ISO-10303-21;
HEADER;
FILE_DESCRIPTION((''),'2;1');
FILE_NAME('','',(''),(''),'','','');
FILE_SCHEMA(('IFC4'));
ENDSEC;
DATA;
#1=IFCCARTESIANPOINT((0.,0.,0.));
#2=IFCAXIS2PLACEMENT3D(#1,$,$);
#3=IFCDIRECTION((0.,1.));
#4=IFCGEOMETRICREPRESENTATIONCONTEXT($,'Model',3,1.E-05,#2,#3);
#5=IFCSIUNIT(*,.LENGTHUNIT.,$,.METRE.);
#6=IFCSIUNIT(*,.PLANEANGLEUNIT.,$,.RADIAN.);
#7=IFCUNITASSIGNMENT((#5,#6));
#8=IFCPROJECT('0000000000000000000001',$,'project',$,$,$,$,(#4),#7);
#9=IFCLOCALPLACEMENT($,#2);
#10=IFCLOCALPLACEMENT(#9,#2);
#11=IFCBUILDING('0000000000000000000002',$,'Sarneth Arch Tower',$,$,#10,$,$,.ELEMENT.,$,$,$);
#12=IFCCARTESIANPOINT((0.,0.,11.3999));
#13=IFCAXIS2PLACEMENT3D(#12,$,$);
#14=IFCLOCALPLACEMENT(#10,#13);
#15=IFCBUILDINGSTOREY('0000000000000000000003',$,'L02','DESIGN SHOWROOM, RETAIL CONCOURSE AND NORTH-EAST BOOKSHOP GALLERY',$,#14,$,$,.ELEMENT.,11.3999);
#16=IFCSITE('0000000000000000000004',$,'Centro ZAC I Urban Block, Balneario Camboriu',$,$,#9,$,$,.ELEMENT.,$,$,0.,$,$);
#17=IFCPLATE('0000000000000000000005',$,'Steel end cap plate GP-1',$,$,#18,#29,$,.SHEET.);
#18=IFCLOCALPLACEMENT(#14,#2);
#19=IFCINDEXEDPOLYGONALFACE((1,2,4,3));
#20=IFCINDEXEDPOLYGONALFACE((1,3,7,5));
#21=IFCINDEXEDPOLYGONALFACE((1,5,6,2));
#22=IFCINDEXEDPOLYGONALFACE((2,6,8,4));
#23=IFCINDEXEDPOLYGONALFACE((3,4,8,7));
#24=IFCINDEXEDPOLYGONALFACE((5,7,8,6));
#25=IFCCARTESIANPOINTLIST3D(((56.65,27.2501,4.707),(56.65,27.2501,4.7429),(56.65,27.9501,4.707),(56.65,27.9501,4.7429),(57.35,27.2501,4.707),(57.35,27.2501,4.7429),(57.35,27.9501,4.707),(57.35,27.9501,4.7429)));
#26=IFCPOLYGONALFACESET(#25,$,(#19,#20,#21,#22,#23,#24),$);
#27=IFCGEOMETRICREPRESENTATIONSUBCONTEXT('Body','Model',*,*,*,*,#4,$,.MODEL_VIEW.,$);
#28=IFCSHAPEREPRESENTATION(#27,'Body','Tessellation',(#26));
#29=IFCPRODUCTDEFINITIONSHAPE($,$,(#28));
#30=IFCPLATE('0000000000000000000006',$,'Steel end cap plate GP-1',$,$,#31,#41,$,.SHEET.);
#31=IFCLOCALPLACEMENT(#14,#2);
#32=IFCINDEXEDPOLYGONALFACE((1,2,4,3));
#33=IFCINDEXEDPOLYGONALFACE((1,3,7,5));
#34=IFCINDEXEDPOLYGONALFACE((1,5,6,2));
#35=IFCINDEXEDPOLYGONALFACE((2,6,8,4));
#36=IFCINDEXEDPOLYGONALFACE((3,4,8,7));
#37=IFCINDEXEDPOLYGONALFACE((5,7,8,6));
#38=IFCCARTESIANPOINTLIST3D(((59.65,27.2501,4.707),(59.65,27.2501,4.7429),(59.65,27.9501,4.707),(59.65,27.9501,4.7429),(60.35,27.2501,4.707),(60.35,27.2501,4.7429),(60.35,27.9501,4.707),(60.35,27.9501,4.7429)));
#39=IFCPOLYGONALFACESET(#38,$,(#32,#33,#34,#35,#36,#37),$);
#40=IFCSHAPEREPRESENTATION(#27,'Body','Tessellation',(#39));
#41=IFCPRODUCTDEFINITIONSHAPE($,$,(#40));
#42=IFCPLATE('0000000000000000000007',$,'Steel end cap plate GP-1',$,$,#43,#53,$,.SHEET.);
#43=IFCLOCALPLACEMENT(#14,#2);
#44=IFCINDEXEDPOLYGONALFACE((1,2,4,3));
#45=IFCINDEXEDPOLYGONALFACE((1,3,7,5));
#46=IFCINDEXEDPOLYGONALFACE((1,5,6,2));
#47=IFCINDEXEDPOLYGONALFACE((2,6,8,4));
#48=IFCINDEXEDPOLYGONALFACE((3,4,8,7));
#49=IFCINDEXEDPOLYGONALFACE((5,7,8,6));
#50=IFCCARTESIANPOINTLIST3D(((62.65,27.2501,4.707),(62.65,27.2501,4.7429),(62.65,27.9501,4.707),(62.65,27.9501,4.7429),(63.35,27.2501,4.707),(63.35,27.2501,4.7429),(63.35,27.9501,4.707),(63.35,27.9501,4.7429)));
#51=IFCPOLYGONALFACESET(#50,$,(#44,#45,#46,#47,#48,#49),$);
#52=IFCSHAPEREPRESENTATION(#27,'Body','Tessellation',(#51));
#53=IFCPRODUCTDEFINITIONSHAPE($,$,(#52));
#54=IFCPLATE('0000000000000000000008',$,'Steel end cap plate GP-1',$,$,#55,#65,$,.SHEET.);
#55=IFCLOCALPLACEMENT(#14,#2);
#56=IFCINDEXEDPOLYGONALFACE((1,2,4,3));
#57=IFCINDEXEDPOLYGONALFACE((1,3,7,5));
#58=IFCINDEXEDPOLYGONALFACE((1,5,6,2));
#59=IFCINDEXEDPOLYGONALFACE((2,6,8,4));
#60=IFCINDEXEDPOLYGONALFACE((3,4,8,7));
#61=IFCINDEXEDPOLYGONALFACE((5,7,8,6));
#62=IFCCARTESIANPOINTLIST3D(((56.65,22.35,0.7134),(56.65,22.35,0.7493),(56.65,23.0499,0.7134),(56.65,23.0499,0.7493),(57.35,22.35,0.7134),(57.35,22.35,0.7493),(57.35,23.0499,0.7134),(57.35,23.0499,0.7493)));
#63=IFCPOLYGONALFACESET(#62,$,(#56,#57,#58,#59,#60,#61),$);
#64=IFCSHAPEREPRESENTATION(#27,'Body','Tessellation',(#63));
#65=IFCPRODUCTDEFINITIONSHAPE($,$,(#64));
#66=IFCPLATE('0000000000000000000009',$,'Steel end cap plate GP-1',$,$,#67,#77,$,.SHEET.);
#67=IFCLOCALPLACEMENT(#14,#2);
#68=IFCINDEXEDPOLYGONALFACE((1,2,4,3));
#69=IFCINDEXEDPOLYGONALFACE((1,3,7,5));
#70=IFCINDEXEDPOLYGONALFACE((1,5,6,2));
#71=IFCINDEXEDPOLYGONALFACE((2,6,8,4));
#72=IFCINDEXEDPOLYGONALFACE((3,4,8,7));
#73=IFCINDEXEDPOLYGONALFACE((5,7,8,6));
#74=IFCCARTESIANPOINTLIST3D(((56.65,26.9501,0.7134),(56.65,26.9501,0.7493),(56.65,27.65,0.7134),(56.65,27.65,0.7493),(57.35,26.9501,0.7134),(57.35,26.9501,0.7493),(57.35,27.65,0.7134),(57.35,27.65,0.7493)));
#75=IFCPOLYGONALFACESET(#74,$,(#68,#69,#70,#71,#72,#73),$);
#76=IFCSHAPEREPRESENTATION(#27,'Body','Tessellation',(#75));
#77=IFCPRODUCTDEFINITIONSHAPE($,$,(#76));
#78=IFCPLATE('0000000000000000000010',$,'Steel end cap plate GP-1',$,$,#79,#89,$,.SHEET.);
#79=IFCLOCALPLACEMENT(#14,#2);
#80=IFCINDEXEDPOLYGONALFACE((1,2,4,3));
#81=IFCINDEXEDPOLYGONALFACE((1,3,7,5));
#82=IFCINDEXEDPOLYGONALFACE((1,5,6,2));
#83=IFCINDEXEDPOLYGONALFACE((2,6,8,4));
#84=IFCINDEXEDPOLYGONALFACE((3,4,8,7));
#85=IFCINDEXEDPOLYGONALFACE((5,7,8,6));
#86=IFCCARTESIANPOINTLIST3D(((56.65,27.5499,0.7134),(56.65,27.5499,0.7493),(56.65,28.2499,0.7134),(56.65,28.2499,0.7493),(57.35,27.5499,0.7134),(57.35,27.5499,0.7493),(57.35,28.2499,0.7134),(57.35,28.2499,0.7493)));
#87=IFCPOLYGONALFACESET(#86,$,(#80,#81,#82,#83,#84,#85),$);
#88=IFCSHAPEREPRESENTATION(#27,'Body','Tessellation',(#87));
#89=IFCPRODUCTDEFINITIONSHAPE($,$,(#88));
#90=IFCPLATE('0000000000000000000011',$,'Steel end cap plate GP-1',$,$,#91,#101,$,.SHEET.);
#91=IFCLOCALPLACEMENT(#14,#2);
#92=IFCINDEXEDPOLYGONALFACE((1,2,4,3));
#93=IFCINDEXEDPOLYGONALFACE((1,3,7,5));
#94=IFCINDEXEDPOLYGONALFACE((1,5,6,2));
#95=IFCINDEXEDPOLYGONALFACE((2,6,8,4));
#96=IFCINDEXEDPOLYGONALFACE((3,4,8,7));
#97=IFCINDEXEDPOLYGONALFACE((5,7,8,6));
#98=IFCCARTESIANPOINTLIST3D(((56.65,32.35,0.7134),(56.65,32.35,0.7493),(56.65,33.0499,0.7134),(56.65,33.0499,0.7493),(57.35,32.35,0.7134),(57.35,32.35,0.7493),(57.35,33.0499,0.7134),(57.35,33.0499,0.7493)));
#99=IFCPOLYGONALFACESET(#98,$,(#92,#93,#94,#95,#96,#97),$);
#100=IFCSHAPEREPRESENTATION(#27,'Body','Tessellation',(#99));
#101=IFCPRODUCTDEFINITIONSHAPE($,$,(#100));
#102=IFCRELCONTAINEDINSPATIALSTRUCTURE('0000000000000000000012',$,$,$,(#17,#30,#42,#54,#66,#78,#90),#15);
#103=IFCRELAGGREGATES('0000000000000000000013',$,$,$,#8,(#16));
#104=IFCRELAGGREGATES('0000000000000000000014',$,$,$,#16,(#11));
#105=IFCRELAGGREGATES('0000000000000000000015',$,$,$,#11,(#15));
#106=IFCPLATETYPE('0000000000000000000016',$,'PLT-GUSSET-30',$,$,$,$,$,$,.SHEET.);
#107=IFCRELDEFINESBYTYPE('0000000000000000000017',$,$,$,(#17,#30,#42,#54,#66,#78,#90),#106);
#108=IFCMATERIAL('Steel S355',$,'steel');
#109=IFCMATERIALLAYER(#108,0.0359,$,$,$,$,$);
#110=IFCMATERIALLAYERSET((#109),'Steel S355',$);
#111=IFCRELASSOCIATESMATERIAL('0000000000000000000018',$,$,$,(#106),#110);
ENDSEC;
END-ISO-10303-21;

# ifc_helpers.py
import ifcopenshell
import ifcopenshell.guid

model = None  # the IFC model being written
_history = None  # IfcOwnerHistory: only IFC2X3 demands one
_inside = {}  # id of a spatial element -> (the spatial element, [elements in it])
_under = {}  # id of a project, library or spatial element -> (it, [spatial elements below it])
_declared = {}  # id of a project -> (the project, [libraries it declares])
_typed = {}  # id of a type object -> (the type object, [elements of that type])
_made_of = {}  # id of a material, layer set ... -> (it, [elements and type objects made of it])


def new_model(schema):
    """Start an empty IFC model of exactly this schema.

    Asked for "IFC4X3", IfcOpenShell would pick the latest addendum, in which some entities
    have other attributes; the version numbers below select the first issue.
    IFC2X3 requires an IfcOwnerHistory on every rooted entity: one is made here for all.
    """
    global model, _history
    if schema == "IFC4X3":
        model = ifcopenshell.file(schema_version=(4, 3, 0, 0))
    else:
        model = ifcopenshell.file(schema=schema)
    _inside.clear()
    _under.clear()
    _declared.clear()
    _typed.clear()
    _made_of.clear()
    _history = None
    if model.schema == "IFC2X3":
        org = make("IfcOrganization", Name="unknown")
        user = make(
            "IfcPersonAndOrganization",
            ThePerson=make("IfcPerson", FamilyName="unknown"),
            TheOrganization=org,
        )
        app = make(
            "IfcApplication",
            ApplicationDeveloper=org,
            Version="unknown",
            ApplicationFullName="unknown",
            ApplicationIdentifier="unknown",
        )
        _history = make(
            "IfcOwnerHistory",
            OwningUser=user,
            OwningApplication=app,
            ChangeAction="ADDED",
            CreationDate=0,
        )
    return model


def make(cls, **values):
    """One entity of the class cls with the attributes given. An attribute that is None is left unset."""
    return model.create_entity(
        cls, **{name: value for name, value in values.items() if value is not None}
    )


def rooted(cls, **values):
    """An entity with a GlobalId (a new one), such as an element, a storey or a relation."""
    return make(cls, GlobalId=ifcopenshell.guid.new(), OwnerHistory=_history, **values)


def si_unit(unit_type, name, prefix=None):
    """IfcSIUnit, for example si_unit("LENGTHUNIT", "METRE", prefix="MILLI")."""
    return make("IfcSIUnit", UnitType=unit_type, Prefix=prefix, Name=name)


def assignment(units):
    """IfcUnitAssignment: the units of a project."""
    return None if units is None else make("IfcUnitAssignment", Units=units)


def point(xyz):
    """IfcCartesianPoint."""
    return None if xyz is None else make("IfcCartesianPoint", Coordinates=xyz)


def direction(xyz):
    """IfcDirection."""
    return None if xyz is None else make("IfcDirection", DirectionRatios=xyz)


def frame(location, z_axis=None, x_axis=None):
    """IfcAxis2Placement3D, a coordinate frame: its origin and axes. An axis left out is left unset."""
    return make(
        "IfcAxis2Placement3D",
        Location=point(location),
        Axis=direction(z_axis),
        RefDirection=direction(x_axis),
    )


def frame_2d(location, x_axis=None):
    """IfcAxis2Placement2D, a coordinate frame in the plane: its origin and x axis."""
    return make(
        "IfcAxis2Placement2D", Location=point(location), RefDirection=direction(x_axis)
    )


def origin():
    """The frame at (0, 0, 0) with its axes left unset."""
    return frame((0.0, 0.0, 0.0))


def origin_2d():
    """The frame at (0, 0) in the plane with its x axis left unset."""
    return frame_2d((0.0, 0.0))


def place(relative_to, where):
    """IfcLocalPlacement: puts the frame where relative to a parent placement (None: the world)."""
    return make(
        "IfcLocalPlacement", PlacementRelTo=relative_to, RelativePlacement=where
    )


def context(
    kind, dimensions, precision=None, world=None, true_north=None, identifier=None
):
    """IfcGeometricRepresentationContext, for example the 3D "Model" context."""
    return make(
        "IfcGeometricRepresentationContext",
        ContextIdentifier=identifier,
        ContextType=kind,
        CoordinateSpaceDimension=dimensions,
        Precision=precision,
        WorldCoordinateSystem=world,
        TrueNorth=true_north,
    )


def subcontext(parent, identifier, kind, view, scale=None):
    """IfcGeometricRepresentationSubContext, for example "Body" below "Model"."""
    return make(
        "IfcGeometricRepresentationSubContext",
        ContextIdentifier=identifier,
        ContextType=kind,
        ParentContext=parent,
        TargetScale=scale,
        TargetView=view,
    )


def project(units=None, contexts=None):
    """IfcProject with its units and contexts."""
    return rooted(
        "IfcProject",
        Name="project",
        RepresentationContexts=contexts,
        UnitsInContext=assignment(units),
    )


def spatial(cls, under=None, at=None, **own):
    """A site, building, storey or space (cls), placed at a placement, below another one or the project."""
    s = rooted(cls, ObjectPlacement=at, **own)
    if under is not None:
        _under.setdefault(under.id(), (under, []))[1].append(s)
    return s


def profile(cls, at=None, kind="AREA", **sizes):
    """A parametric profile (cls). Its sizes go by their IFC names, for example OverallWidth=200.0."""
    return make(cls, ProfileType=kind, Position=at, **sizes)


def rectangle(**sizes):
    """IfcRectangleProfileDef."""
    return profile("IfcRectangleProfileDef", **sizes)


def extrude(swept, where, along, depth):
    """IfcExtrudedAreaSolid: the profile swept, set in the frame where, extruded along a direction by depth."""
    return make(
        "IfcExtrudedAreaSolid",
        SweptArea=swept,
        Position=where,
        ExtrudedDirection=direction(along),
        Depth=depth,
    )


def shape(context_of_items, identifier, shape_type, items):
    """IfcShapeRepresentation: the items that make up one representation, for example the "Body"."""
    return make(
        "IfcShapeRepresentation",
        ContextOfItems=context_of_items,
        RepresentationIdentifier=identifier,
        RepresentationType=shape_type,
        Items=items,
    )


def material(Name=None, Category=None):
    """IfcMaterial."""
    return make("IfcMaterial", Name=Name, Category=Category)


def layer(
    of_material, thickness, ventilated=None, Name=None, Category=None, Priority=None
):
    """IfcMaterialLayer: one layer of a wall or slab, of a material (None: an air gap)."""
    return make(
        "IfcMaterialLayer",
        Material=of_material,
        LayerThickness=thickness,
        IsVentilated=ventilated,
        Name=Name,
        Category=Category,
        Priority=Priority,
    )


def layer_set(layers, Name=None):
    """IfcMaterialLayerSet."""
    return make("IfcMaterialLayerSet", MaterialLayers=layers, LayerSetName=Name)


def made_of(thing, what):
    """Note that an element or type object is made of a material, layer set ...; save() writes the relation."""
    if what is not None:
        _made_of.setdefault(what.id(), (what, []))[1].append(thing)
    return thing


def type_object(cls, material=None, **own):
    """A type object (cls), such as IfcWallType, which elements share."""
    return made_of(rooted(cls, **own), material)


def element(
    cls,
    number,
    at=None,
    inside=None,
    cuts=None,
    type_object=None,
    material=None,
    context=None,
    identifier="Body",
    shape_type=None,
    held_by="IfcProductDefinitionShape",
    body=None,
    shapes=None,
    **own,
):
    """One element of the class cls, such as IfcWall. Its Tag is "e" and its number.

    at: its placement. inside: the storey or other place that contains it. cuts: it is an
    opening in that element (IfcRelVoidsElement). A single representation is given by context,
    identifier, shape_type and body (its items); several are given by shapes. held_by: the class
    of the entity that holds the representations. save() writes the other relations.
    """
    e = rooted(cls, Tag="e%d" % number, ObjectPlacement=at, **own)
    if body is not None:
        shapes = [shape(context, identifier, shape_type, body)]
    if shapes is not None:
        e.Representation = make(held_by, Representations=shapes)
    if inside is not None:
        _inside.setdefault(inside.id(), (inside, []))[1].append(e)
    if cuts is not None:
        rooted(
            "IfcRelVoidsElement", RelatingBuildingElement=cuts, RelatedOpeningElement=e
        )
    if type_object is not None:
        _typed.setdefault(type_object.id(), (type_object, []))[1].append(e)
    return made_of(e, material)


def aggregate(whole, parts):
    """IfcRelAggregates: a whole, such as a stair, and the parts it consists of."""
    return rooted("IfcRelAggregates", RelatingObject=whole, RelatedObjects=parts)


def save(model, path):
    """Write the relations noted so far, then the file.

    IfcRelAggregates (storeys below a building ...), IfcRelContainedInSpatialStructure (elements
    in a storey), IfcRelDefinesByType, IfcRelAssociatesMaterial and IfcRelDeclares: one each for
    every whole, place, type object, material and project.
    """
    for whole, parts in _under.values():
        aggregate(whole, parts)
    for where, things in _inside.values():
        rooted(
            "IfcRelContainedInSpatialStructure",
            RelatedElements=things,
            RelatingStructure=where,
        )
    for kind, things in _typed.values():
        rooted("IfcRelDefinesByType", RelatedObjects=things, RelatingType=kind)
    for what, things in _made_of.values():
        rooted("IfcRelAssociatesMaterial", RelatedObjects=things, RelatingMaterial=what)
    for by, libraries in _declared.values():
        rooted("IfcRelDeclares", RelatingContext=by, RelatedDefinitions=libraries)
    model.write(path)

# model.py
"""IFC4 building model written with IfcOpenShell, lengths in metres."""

from ifc_helpers import new_model, si_unit, direction, frame, origin, origin_2d, place, context, subcontext, project, spatial, rectangle, extrude, material, layer, layer_set, type_object, element, save


model = new_model("IFC4")

# Units and contexts
model_context = context("Model", 3, precision=1e-05, world=origin(), true_north=direction((0.0, 1.0)))
body_context = subcontext(model_context, "Body", "Model", "MODEL_VIEW")
ifc_project = project(units=[si_unit("LENGTHUNIT", "METRE"), si_unit("PLANEANGLEUNIT", "RADIAN")], contexts=[model_context])

# Site, building, storey
site_placement = place(None, origin())
site = spatial("IfcSite", under=ifc_project, at=site_placement, Name="Centro ZAC I Urban Block, Balneario Camboriu", CompositionType="ELEMENT", RefElevation=0.0)
building_placement = place(site_placement, origin())
building = spatial("IfcBuilding", under=site, at=building_placement, Name="Sarneth Arch Tower", CompositionType="ELEMENT")
storey_placement = place(building_placement, frame((0.0, 0.0, 11.3999)))
storey = spatial("IfcBuildingStorey", under=building, at=storey_placement, Name="L02", Description="DESIGN SHOWROOM, RETAIL CONCOURSE AND NORTH-EAST BOOKSHOP GALLERY", CompositionType="ELEMENT", Elevation=11.3999)

# Plates
ifc_material_1 = material(Name="Steel S355", Category="steel")
ifc_layer = layer(ifc_material_1, 0.0359)
ifc_layer_set = layer_set([ifc_layer], Name="Steel S355")
plate_type = type_object("IfcPlateType", Name="PLT-GUSSET-30", PredefinedType="SHEET", material=ifc_layer_set)
for number, where, z_axis, x_axis, name in (
    (1, (57.0, 27.6001, 4.707), (0.0, 0.0, 1.0), (1.0, 0.0, 0.0), "Steel end cap plate GP-1"),
    (2, (60.0, 27.6001, 4.707), (0.0, 0.0, 1.0), (1.0, 0.0, 0.0), "Steel end cap plate GP-1"),
    (3, (63.0, 27.6001, 4.707), (0.0, 0.0, 1.0), (1.0, 0.0, 0.0), "Steel end cap plate GP-1"),
    (4, (57.0, 22.7, 0.7134), (0.0, 0.0, 1.0), (0.0, -1.0, 0.0), "Steel end cap plate GP-1"),
    (5, (57.0, 27.3, 0.7134), (0.0, 0.0, 1.0), (0.0, 1.0, 0.0), "Steel end cap plate GP-1"),
    (6, (57.0, 27.8999, 0.7134), (0.0, 0.0, 1.0), (0.0, -1.0, 0.0), "Steel end cap plate GP-1"),
    (7, (57.0, 32.7, 0.7134), (0.0, 0.0, 1.0), (0.0, 1.0, 0.0), "Steel end cap plate GP-1"),
):
    element("IfcPlate", number, at=place(storey_placement, frame(where, z_axis=z_axis, x_axis=x_axis)), inside=storey, type_object=plate_type, Name=name, PredefinedType="SHEET", context=body_context, shape_type="SweptSolid", body=[
        extrude(rectangle(XDim=0.7, YDim=0.7, at=origin_2d()), origin(), (0.0, 0.0, 1.0), 0.0359),
    ])

save(model, "model.ifc")
